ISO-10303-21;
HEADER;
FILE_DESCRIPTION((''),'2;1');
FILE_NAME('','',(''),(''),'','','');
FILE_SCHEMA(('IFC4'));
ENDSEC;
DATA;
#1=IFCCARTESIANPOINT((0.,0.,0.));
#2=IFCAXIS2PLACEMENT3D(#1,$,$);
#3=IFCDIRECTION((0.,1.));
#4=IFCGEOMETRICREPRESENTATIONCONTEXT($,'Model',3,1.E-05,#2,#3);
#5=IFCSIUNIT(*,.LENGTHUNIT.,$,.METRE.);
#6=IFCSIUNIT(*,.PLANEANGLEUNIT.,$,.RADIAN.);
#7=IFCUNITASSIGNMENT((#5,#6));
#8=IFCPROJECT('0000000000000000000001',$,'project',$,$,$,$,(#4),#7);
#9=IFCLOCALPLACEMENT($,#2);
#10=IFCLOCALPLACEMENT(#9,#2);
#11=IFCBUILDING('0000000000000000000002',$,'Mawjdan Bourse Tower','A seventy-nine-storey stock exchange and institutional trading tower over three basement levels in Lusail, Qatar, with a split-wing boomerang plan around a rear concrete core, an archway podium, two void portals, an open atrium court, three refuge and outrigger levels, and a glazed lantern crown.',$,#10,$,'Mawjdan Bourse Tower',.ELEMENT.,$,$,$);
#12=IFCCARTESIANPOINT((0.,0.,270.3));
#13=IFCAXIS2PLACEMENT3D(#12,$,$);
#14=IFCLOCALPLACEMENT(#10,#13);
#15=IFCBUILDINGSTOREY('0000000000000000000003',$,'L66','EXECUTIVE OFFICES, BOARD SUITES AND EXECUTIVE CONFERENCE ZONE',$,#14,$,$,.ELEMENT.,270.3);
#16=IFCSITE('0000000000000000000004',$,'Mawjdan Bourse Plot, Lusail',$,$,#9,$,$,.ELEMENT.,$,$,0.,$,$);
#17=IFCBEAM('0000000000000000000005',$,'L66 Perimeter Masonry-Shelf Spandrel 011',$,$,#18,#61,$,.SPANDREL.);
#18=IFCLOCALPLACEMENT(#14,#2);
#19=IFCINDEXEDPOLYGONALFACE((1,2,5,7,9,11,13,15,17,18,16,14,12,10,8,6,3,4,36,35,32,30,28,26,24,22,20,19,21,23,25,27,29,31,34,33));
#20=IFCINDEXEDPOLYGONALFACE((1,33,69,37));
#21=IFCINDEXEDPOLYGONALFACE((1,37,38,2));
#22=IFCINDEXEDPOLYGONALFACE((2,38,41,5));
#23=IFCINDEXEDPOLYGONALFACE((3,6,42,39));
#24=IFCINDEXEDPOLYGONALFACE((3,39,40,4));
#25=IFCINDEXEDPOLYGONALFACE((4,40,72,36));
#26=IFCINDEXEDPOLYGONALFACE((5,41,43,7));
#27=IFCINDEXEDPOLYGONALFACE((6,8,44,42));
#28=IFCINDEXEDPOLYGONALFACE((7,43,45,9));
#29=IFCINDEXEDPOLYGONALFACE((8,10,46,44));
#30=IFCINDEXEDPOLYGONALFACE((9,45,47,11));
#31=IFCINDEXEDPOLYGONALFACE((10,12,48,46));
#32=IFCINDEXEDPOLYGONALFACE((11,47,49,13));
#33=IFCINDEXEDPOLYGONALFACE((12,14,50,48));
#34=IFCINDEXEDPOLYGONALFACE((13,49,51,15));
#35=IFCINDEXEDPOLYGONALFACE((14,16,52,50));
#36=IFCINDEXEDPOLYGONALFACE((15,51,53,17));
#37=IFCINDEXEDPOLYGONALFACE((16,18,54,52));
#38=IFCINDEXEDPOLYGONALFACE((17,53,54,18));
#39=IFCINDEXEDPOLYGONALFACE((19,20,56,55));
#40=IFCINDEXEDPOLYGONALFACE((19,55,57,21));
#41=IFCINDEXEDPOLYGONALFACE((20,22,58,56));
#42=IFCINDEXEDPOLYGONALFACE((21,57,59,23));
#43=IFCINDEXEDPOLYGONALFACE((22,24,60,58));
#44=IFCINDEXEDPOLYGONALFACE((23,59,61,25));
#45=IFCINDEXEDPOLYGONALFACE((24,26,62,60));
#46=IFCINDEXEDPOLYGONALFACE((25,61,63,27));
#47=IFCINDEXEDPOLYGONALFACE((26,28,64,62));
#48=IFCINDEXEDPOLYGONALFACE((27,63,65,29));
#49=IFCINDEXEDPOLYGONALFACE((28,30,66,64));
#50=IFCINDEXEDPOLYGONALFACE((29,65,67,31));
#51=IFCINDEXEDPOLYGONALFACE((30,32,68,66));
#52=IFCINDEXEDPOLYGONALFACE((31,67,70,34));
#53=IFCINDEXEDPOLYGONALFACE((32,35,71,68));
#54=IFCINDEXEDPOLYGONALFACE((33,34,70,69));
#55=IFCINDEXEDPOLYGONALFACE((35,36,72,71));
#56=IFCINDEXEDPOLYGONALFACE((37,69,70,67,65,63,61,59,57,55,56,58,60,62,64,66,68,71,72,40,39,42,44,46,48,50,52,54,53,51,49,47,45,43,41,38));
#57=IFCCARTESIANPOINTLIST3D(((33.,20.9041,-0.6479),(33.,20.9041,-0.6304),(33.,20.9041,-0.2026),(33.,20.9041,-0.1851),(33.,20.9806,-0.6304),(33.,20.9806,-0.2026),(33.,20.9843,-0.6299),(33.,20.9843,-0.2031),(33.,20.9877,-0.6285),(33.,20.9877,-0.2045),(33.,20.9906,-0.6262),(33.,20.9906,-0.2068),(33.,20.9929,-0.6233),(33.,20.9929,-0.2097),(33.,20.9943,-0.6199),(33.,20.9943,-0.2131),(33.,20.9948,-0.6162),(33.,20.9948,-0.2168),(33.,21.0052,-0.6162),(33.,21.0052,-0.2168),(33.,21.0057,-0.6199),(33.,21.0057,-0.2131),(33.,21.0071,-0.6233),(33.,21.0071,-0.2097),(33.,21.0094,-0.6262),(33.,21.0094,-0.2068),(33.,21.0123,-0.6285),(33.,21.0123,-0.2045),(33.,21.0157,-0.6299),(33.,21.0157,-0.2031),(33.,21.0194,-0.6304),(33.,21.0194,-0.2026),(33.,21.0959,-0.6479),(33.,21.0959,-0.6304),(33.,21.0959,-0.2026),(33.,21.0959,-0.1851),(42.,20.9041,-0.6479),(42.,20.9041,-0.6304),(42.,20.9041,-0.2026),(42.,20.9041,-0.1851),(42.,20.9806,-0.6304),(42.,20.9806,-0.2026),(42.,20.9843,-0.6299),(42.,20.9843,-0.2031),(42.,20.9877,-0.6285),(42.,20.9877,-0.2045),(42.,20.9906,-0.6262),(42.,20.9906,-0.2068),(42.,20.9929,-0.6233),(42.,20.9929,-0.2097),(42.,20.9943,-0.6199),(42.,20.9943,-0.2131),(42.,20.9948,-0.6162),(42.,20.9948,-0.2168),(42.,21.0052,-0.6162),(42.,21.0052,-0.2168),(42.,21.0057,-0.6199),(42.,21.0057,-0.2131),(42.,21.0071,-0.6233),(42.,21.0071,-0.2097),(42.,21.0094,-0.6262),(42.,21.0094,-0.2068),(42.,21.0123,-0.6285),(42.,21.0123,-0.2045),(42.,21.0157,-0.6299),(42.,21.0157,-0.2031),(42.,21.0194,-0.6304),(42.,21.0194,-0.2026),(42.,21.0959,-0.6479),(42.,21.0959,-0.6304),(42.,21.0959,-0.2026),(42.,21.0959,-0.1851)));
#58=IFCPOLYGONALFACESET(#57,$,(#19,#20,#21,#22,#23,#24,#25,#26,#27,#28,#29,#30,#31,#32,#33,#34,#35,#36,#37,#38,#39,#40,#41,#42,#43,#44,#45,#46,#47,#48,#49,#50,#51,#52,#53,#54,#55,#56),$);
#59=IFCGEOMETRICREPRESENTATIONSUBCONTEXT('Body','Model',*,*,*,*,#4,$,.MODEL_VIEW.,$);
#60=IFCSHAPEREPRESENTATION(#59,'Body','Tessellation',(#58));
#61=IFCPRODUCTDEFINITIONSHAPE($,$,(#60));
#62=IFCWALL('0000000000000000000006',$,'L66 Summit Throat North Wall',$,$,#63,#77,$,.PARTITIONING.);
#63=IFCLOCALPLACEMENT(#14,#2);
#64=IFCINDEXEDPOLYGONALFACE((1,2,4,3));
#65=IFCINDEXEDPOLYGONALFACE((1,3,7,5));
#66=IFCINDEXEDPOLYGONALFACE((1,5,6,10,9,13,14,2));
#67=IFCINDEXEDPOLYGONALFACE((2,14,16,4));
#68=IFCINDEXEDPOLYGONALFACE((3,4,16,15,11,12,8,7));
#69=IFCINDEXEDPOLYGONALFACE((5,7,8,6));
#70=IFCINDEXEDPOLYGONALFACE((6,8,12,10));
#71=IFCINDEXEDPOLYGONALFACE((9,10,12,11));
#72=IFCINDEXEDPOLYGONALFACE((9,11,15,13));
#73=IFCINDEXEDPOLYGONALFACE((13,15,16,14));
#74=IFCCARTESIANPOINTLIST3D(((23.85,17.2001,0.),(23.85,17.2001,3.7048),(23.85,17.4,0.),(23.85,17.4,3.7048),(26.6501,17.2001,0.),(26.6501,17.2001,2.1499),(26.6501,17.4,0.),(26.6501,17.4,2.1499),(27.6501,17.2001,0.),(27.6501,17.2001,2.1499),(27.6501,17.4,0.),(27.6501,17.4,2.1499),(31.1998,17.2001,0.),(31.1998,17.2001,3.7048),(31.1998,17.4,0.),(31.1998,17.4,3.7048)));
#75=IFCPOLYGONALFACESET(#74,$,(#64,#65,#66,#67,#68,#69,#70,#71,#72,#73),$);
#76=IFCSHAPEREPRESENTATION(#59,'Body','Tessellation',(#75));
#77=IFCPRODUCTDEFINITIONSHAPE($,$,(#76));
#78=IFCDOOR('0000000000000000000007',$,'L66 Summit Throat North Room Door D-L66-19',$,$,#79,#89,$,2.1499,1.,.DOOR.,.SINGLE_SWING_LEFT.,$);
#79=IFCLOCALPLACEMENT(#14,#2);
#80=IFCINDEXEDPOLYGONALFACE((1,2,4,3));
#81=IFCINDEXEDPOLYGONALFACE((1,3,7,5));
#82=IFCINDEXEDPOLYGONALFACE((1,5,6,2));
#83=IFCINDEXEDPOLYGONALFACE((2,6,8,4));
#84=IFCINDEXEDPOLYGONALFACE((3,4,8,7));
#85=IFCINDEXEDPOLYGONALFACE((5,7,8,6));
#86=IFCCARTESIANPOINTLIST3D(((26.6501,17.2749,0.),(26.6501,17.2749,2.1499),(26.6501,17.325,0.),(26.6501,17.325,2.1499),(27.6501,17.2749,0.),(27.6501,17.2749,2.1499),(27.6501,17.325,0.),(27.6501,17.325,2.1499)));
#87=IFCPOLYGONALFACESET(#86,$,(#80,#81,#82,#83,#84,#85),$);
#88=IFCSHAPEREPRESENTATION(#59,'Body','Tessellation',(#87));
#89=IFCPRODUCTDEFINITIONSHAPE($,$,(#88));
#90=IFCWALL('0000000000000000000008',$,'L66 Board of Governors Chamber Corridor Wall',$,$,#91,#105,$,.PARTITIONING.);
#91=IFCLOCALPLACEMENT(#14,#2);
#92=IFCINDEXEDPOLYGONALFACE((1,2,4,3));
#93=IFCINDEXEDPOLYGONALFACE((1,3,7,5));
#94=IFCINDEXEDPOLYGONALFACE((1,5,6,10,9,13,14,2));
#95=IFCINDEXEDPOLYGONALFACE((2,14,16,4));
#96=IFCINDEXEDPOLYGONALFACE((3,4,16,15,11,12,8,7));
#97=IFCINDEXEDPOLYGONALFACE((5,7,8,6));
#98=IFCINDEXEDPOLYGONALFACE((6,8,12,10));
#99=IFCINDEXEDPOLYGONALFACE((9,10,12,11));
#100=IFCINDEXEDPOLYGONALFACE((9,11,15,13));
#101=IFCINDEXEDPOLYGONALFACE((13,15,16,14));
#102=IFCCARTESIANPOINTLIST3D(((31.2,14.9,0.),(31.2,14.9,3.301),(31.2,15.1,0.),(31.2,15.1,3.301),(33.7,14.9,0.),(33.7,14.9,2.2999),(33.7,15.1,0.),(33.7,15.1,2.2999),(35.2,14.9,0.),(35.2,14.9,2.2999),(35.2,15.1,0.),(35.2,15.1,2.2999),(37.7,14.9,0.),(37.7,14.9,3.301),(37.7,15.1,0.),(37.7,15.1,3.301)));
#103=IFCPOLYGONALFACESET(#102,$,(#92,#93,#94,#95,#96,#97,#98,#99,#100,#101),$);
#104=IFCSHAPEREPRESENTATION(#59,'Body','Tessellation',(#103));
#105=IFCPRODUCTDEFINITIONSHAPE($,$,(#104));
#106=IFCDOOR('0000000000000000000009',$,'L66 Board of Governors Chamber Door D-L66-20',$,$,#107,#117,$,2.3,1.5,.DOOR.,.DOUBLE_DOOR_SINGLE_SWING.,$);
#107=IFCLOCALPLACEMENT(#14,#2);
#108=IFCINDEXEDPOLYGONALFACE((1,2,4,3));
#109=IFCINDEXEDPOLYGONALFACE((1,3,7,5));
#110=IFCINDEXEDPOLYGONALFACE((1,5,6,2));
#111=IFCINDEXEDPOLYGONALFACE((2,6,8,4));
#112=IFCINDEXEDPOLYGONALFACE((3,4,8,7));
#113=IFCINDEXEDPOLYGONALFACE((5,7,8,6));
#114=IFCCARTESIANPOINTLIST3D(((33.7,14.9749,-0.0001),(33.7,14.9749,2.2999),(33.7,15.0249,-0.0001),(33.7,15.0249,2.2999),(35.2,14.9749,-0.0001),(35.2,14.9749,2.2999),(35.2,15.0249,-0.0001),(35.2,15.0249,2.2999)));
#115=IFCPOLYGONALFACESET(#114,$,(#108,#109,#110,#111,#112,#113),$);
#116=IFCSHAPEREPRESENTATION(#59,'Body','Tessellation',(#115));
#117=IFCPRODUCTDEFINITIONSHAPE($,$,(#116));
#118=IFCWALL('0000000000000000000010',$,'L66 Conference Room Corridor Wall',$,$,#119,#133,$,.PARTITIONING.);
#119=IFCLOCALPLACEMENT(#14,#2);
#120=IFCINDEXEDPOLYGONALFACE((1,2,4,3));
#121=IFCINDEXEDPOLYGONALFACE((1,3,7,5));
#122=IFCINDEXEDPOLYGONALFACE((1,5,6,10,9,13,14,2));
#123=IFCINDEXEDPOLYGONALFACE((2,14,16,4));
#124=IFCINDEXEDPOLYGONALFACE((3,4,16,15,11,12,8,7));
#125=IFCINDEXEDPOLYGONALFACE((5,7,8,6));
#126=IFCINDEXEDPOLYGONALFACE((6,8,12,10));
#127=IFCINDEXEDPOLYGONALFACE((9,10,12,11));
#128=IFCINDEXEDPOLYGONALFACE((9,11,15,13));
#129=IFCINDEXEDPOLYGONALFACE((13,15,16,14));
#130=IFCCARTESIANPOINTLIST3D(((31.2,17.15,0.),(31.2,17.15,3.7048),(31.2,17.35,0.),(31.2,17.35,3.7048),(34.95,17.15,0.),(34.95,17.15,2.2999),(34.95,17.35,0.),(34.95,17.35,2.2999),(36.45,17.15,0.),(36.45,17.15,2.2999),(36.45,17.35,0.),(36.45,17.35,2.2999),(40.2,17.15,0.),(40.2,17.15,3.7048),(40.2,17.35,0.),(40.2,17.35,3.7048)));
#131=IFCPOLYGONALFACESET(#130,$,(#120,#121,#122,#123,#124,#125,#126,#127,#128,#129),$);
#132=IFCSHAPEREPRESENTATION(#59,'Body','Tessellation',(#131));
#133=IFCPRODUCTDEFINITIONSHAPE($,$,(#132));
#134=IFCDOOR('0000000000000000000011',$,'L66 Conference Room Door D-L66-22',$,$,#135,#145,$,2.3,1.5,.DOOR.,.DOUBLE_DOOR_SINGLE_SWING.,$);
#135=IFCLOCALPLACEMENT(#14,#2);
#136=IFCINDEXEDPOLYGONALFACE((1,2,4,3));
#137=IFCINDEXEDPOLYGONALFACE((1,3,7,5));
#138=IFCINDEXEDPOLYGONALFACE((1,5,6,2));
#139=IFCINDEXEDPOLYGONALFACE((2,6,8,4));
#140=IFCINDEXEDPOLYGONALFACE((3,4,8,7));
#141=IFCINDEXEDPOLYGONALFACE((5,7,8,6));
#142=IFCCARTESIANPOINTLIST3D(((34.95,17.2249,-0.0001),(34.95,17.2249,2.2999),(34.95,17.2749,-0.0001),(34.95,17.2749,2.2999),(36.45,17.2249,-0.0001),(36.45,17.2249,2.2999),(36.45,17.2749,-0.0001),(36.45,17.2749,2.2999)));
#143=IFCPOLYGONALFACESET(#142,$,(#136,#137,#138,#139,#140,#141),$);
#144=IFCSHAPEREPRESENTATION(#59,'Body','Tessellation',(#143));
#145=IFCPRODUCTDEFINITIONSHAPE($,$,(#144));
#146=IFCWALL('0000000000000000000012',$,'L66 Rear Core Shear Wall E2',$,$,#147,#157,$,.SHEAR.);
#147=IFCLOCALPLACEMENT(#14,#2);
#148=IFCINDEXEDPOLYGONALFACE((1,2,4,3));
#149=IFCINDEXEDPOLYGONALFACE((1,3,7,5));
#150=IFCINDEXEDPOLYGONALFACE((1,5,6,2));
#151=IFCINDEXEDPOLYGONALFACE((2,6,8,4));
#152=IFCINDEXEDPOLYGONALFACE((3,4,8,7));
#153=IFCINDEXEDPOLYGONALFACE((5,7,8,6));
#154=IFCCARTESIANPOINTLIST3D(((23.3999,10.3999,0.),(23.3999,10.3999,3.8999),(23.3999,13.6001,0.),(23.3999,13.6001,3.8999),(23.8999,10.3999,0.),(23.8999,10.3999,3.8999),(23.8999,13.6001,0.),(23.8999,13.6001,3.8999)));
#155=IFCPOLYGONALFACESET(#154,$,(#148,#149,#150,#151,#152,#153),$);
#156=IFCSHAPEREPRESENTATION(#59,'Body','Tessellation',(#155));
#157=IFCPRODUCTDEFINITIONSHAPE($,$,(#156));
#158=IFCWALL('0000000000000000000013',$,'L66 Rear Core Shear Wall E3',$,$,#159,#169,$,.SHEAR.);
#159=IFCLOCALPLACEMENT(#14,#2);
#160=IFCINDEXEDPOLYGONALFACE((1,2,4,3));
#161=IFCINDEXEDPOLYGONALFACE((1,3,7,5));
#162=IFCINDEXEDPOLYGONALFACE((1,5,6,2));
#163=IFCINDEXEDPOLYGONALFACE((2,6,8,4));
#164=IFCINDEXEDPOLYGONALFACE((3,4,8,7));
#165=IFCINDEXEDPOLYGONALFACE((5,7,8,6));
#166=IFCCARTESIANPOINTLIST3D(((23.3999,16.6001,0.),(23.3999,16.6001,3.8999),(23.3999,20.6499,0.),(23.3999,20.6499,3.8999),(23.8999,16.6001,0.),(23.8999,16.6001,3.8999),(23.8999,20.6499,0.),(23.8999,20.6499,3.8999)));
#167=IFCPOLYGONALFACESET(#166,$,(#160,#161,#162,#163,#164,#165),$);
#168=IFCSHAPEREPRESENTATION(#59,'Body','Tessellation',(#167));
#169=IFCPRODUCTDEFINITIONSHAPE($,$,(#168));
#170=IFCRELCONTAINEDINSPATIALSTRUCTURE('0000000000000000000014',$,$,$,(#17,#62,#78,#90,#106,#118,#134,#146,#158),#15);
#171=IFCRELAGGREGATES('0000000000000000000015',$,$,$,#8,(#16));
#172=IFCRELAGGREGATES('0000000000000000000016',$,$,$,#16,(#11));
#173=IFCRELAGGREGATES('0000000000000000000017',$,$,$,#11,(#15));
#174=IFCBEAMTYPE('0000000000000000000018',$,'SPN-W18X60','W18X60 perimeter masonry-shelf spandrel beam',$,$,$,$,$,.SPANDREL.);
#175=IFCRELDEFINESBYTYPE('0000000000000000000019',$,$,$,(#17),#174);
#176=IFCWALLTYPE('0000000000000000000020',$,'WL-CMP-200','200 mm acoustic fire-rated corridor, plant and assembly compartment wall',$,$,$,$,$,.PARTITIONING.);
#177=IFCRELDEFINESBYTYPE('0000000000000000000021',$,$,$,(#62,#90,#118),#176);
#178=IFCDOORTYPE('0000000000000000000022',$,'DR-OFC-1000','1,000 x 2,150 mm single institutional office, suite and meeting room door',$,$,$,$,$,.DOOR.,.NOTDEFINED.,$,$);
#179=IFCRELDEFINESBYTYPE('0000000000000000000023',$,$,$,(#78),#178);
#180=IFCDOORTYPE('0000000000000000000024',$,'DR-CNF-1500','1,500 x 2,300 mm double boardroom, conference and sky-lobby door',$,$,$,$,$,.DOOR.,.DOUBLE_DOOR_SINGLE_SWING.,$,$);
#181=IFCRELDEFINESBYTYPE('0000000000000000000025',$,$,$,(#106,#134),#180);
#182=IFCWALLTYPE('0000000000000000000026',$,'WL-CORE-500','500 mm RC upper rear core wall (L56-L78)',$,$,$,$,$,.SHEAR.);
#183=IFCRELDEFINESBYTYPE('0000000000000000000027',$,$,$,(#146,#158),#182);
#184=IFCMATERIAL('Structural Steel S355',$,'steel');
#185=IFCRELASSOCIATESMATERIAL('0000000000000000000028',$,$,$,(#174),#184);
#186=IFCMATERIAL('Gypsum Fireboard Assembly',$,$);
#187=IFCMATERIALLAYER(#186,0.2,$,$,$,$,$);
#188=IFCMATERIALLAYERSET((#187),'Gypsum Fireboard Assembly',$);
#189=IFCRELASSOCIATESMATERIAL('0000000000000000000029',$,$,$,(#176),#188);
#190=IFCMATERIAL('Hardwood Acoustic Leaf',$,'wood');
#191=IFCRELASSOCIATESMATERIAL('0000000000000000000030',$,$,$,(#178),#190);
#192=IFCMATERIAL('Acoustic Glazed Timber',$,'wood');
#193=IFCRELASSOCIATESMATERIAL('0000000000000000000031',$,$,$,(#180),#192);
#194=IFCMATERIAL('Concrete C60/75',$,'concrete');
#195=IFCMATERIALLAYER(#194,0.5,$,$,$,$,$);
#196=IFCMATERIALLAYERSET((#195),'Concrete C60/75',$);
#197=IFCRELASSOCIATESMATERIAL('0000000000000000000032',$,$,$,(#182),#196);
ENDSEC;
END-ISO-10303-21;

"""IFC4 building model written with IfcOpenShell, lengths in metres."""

from ifc_helpers import new_model, si_unit, direction, frame, frame_2d, origin, origin_2d, place, context, subcontext, project, spatial, rectangle, i_section, extrude, material, layer, layer_set, material_profile, profile_set, type_object, element, fill, save


model = new_model("IFC4")

# Units and contexts
model_context = context("Model", 3, precision=1e-05, world=origin(), true_north=direction((0.0, 1.0)))
body_context = subcontext(model_context, "Body", "Model", "MODEL_VIEW")
ifc_project = project(units=[si_unit("LENGTHUNIT", "METRE"), si_unit("PLANEANGLEUNIT", "RADIAN")], contexts=[model_context])

# Site, building, storey
site_placement = place(None, origin())
site = spatial("IfcSite", under=ifc_project, at=site_placement, Name="Mawjdan Bourse Plot, Lusail", CompositionType="ELEMENT", RefElevation=0.0)
building_placement = place(site_placement, origin())
building = spatial("IfcBuilding", under=site, at=building_placement, Name="Mawjdan Bourse Tower", Description="A seventy-nine-storey stock exchange and institutional trading tower over three basement levels in Lusail, Qatar, with a split-wing boomerang plan around a rear concrete core, an archway podium, two void portals, an open atrium court, three refuge and outrigger levels, and a glazed lantern crown.", LongName="Mawjdan Bourse Tower", CompositionType="ELEMENT")
storey_placement = place(building_placement, frame((0.0, 0.0, 270.3)))
storey = spatial("IfcBuildingStorey", under=building, at=storey_placement, Name="L66", Description="EXECUTIVE OFFICES, BOARD SUITES AND EXECUTIVE CONFERENCE ZONE", CompositionType="ELEMENT", Elevation=270.3)

# Shared definitions
ifc_material_1 = material(Name="Concrete C60/75", Category="concrete")

# Beam
ifc_material_2 = material(Name="Structural Steel S355", Category="steel")
ifc_material_profile_1 = material_profile(ifc_material_2, i_section(OverallWidth=0.1919, OverallDepth=0.4629, WebThickness=0.0105, FlangeThickness=0.0176, FilletRadius=0.0142, at=origin_2d()), Name="W18X60")
ifc_profile_set_1 = profile_set([ifc_material_profile_1], Name="Structural Steel S355")
beam_type_1 = type_object("IfcBeamType", Name="SPN-W18X60", Description="W18X60 perimeter masonry-shelf spandrel beam", PredefinedType="SPANDREL", material=ifc_profile_set_1)
for number, where, z_axis, x_axis, name in (
    (1, (33.0, 21.0, -0.4165), (1.0, 0.0, 0.0), (0.0, 1.0, 0.0), "L66 Perimeter Masonry-Shelf Spandrel 011"),
):
    element("IfcBeam", number, at=place(storey_placement, frame(where, z_axis=z_axis, x_axis=x_axis)), inside=storey, type_object=beam_type_1, Name=name, PredefinedType="SPANDREL", context=body_context, shape_type="SweptSolid", body=[
        extrude(i_section(OverallWidth=0.1919, OverallDepth=0.4629, WebThickness=0.0105, FlangeThickness=0.0176, FilletRadius=0.0142, at=origin_2d()), origin(), (0.0, 0.0, 1.0), 9.0),
    ])

# Walls, openings, doors
ifc_material_3 = material(Name="Gypsum Fireboard Assembly")
ifc_layer_1 = layer(ifc_material_3, 0.2)
ifc_layer_set_1 = layer_set([ifc_layer_1], Name="Gypsum Fireboard Assembly")
wall_type_1 = type_object("IfcWallType", Name="WL-CMP-200", Description="200 mm acoustic fire-rated corridor, plant and assembly compartment wall", PredefinedType="PARTITIONING", material=ifc_layer_set_1)
wall_1_placement = place(storey_placement, frame((23.8501, 17.3, 0.0), z_axis=(0.0, 0.0, 1.0), x_axis=(1.0, 0.0, 0.0)))
wall_1 = element("IfcWall", 2, at=wall_1_placement, inside=storey, type_object=wall_type_1, Name="L66 Summit Throat North Wall", PredefinedType="PARTITIONING", context=body_context, shape_type="SweptSolid", body=[
    extrude(rectangle(XDim=7.3499, YDim=0.2, at=frame_2d((3.6748, 0.0))), origin(), (0.0, 0.0, 1.0), 3.7048),
])
opening_1_placement = place(wall_1_placement, frame((2.8, 0.0, 0.0)))
opening_1 = element("IfcOpeningElement", 3, at=opening_1_placement, cuts=wall_1, PredefinedType="OPENING", context=body_context, shape_type="SweptSolid", body=[
    extrude(rectangle(XDim=1.0, YDim=2.1499, at=frame_2d((0.5, 1.075))), frame((0.0, 0.1099, 0.0), z_axis=(0.0, -1.0, 0.0), x_axis=(1.0, 0.0, 0.0)), (0.0, 0.0, 1.0), 0.22),
])
ifc_material_4 = material(Name="Hardwood Acoustic Leaf", Category="wood")
door_type_1 = type_object("IfcDoorType", Name="DR-OFC-1000", Description="1,000 x 2,150 mm single institutional office, suite and meeting room door", OperationType="NOTDEFINED", PredefinedType="DOOR", material=ifc_material_4)
door_1_placement = place(opening_1_placement, origin())
door_1 = element("IfcDoor", 4, at=door_1_placement, inside=storey, type_object=door_type_1, Name="L66 Summit Throat North Room Door D-L66-19", OperationType="SINGLE_SWING_LEFT", OverallHeight=2.1499, OverallWidth=1.0, PredefinedType="DOOR", context=body_context, shape_type="SweptSolid", body=[
    extrude(rectangle(XDim=1.0, YDim=2.1499, at=frame_2d((0.5, 1.075))), frame((0.0, 0.0249, 0.0), z_axis=(0.0, -1.0, 0.0), x_axis=(1.0, 0.0, 0.0)), (0.0, 0.0, 1.0), 0.05),
])
fill(opening_1, door_1)
wall_2_placement = place(storey_placement, frame((31.2, 15.0, 0.0), z_axis=(0.0, 0.0, 1.0), x_axis=(1.0, 0.0, 0.0)))
wall_2 = element("IfcWall", 5, at=wall_2_placement, inside=storey, type_object=wall_type_1, Name="L66 Board of Governors Chamber Corridor Wall", PredefinedType="PARTITIONING", context=body_context, shape_type="SweptSolid", body=[
    extrude(rectangle(XDim=6.5, YDim=0.2, at=frame_2d((3.25, 0.0))), origin(), (0.0, 0.0, 1.0), 3.301),
])
opening_2_placement = place(wall_2_placement, frame((2.5, 0.0, 0.0)))
opening_2 = element("IfcOpeningElement", 6, at=opening_2_placement, cuts=wall_2, PredefinedType="OPENING", context=body_context, shape_type="SweptSolid", body=[
    extrude(rectangle(XDim=1.5, YDim=2.3, at=frame_2d((0.75, 1.1499))), frame((0.0, 0.1099, 0.0), z_axis=(0.0, -1.0, 0.0), x_axis=(1.0, 0.0, 0.0)), (0.0, 0.0, 1.0), 0.22),
])
ifc_material_5 = material(Name="Acoustic Glazed Timber", Category="wood")
door_type_2 = type_object("IfcDoorType", Name="DR-CNF-1500", Description="1,500 x 2,300 mm double boardroom, conference and sky-lobby door", OperationType="DOUBLE_DOOR_SINGLE_SWING", PredefinedType="DOOR", material=ifc_material_5)
door_2_placement = place(opening_2_placement, origin())
door_2 = element("IfcDoor", 7, at=door_2_placement, inside=storey, type_object=door_type_2, Name="L66 Board of Governors Chamber Door D-L66-20", OperationType="DOUBLE_DOOR_SINGLE_SWING", OverallHeight=2.3, OverallWidth=1.5, PredefinedType="DOOR", context=body_context, shape_type="SweptSolid", body=[
    extrude(rectangle(XDim=1.5, YDim=2.3, at=frame_2d((0.75, 1.1499))), frame((0.0, 0.0249, 0.0), z_axis=(0.0, -1.0, 0.0), x_axis=(1.0, 0.0, 0.0)), (0.0, 0.0, 1.0), 0.05),
])
fill(opening_2, door_2)
wall_3_placement = place(storey_placement, frame((31.2, 17.25, 0.0), z_axis=(0.0, 0.0, 1.0), x_axis=(1.0, 0.0, 0.0)))
wall_3 = element("IfcWall", 8, at=wall_3_placement, inside=storey, type_object=wall_type_1, Name="L66 Conference Room Corridor Wall", PredefinedType="PARTITIONING", context=body_context, shape_type="SweptSolid", body=[
    extrude(rectangle(XDim=9.0, YDim=0.2, at=frame_2d((4.5, 0.0))), origin(), (0.0, 0.0, 1.0), 3.7048),
])
opening_3_placement = place(wall_3_placement, frame((3.75, 0.0, 0.0)))
opening_3 = element("IfcOpeningElement", 9, at=opening_3_placement, cuts=wall_3, PredefinedType="OPENING", context=body_context, shape_type="SweptSolid", body=[
    extrude(rectangle(XDim=1.5, YDim=2.3, at=frame_2d((0.75, 1.1499))), frame((0.0, 0.1099, 0.0), z_axis=(0.0, -1.0, 0.0), x_axis=(1.0, 0.0, 0.0)), (0.0, 0.0, 1.0), 0.22),
])
door_3_placement = place(opening_3_placement, origin())
door_3 = element("IfcDoor", 10, at=door_3_placement, inside=storey, type_object=door_type_2, Name="L66 Conference Room Door D-L66-22", OperationType="DOUBLE_DOOR_SINGLE_SWING", OverallHeight=2.3, OverallWidth=1.5, PredefinedType="DOOR", context=body_context, shape_type="SweptSolid", body=[
    extrude(rectangle(XDim=1.5, YDim=2.3, at=frame_2d((0.75, 1.1499))), frame((0.0, 0.0249, 0.0), z_axis=(0.0, -1.0, 0.0), x_axis=(1.0, 0.0, 0.0)), (0.0, 0.0, 1.0), 0.05),
])
fill(opening_3, door_3)

# Walls
ifc_layer_2 = layer(ifc_material_1, 0.5)
ifc_layer_set_2 = layer_set([ifc_layer_2], Name="Concrete C60/75")
wall_type_2 = type_object("IfcWallType", Name="WL-CORE-500", Description="500 mm RC upper rear core wall (L56-L78)", PredefinedType="SHEAR", material=ifc_layer_set_2)
wall_4_placement = place(storey_placement, frame((23.6499, 10.3999, 0.0), z_axis=(0.0, 0.0, 1.0), x_axis=(0.0, 1.0, 0.0)))
element("IfcWall", 11, at=wall_4_placement, inside=storey, type_object=wall_type_2, Name="L66 Rear Core Shear Wall E2", PredefinedType="SHEAR", context=body_context, shape_type="SweptSolid", body=[
    extrude(rectangle(XDim=3.2002, YDim=0.5, at=frame_2d((1.6001, 0.0))), origin(), (0.0, 0.0, 1.0), 3.8999),
])
wall_5_placement = place(storey_placement, frame((23.6499, 16.6001, 0.0), z_axis=(0.0, 0.0, 1.0), x_axis=(0.0, 1.0, 0.0)))
element("IfcWall", 12, at=wall_5_placement, inside=storey, type_object=wall_type_2, Name="L66 Rear Core Shear Wall E3", PredefinedType="SHEAR", context=body_context, shape_type="SweptSolid", body=[
    extrude(rectangle(XDim=4.0498, YDim=0.5, at=frame_2d((2.0249, 0.0))), origin(), (0.0, 0.0, 1.0), 3.8999),
])

save(model, "model.ifc")
